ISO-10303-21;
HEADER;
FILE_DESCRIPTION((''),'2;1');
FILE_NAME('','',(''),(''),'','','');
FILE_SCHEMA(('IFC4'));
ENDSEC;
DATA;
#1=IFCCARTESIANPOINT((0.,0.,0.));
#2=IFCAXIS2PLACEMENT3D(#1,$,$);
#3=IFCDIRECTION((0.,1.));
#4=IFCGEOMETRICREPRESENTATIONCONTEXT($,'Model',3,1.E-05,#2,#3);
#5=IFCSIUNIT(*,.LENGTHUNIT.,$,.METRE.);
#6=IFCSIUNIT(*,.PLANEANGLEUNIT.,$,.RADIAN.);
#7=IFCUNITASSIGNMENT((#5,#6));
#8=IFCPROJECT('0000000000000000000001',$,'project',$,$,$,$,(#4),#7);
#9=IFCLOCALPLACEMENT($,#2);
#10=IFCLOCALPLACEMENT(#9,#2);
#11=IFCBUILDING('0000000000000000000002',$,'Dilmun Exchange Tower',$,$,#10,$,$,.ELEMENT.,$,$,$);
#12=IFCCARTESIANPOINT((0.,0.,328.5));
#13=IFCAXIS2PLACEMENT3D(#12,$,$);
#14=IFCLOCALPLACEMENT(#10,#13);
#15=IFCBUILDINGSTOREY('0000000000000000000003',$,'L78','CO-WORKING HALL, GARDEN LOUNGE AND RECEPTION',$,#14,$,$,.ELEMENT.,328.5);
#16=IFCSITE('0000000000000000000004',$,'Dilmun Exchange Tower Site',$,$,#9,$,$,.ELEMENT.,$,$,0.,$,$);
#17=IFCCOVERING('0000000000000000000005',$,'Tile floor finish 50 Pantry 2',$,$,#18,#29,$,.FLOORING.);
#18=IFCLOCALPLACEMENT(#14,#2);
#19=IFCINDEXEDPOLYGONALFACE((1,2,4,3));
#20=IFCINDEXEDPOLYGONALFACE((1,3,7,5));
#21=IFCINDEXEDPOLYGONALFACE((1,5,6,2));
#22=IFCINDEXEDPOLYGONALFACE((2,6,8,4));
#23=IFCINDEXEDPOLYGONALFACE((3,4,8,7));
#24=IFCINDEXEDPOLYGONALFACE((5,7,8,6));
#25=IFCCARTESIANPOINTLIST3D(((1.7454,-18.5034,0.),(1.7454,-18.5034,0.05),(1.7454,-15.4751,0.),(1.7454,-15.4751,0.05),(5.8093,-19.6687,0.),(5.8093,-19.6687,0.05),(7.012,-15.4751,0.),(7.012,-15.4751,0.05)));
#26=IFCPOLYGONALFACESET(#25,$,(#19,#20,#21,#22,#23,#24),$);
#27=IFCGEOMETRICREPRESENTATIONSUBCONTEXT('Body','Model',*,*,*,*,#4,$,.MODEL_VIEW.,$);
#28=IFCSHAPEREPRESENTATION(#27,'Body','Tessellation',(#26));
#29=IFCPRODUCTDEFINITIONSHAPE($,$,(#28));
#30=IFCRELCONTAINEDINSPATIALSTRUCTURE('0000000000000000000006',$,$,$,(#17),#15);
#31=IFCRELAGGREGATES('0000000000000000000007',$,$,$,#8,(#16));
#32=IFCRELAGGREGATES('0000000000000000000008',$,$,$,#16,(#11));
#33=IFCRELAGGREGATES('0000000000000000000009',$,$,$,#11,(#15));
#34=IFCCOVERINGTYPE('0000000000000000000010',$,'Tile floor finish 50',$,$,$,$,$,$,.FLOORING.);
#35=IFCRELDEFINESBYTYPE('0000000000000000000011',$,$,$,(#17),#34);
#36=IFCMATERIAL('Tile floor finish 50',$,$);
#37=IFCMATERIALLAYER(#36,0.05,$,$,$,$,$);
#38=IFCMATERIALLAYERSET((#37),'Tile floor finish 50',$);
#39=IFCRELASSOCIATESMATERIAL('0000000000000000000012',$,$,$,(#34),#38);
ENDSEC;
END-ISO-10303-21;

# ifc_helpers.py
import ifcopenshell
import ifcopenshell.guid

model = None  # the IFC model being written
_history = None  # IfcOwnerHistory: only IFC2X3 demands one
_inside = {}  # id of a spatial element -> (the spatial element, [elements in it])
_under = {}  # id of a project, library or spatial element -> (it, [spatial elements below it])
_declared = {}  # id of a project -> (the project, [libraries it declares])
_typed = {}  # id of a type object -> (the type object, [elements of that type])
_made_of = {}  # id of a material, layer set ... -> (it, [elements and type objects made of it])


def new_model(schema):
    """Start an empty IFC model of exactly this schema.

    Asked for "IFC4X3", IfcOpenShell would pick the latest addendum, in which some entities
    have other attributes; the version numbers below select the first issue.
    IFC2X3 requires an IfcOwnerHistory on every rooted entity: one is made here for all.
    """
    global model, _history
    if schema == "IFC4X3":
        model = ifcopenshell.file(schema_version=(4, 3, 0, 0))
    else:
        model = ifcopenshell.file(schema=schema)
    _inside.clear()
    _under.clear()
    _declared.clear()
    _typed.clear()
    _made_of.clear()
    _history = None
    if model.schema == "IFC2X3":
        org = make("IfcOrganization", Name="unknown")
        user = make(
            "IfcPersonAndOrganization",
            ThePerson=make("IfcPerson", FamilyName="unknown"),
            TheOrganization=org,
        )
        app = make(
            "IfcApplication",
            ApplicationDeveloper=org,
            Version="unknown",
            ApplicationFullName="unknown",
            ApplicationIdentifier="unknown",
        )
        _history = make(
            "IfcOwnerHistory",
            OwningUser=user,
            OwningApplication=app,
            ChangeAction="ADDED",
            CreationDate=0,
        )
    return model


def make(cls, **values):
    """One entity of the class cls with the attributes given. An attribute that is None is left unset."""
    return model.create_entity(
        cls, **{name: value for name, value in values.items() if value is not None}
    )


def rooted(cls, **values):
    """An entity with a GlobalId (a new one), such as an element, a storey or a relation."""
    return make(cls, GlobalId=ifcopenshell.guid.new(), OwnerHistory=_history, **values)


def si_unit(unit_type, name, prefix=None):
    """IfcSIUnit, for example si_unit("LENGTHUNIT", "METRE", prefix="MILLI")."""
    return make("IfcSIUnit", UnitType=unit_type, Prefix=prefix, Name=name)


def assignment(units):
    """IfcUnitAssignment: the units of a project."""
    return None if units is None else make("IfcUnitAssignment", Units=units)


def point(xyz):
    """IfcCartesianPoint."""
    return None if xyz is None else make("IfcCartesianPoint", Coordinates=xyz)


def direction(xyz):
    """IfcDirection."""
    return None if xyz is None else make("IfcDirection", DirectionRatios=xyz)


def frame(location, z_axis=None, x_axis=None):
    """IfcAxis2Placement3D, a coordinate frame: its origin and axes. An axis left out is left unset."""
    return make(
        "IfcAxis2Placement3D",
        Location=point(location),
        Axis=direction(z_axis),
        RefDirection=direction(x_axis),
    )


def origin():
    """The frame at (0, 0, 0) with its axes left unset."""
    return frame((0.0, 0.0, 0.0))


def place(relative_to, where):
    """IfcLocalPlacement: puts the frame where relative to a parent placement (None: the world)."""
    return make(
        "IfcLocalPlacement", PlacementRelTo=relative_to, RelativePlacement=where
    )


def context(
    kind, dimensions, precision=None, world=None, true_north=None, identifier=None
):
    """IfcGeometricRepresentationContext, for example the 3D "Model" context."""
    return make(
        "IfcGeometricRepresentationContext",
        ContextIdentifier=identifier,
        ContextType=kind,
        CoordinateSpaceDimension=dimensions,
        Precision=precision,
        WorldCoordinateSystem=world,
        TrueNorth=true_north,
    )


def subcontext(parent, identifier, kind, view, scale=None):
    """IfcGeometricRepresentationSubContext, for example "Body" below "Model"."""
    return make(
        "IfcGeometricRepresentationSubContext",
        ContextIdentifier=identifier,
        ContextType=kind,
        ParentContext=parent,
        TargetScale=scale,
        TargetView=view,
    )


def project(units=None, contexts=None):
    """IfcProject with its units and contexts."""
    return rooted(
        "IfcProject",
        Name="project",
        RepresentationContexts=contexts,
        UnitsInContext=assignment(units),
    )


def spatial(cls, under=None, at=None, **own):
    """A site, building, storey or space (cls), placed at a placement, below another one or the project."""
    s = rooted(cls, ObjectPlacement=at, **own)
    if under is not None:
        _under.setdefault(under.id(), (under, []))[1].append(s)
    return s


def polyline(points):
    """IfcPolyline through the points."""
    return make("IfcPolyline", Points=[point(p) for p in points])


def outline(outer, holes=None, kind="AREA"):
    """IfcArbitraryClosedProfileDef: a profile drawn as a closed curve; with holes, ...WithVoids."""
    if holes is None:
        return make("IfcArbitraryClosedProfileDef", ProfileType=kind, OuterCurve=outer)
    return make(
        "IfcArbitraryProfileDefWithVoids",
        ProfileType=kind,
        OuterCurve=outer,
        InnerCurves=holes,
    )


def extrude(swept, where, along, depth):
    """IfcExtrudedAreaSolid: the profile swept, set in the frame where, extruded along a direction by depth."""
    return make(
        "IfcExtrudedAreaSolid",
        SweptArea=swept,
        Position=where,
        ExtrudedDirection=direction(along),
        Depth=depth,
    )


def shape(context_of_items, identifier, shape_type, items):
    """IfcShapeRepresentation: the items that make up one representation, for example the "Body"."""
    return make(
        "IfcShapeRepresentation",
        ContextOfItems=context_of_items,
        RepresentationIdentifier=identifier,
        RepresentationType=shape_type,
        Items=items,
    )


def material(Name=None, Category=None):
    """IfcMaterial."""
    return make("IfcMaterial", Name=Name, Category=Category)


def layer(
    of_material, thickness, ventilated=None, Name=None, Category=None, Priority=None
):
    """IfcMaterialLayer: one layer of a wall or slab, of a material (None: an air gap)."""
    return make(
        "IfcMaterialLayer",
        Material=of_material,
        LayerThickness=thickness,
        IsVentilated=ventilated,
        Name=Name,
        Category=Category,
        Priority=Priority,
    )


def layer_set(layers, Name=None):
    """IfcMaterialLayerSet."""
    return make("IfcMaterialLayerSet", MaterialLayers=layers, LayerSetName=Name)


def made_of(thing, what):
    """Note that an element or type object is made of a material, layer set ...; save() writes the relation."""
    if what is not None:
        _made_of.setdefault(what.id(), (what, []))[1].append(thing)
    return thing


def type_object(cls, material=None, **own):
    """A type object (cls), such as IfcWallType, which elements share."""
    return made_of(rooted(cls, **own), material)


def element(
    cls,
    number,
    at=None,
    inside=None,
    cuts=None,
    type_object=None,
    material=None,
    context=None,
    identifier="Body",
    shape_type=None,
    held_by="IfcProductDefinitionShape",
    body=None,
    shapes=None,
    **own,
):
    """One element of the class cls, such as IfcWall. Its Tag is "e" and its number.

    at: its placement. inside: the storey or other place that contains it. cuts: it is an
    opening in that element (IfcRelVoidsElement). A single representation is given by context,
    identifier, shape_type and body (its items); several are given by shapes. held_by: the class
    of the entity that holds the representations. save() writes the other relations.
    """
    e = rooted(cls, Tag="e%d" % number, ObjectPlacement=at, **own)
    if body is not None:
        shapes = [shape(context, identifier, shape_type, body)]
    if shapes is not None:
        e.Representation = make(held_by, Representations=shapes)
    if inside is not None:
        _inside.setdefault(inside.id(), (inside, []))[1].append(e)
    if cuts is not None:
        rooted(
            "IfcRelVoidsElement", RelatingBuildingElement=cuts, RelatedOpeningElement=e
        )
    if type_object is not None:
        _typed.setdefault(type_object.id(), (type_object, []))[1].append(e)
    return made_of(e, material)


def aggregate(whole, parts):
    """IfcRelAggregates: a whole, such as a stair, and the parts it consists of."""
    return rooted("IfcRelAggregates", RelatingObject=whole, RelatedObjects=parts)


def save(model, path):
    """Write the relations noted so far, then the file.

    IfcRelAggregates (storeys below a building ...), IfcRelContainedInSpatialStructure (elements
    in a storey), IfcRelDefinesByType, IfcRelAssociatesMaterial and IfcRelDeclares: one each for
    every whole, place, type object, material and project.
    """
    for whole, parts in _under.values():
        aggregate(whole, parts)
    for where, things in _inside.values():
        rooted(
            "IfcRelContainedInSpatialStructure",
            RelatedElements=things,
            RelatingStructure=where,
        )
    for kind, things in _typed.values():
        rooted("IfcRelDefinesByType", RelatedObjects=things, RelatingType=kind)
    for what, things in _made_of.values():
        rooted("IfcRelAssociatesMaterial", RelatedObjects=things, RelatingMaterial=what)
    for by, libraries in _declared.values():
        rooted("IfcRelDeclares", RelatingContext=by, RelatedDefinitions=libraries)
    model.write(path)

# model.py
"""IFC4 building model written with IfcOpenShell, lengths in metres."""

from ifc_helpers import new_model, si_unit, direction, frame, origin, place, context, subcontext, project, spatial, polyline, outline, extrude, material, layer, layer_set, type_object, element, save


model = new_model("IFC4")

# Units and contexts
model_context = context("Model", 3, precision=1e-05, world=origin(), true_north=direction((0.0, 1.0)))
body_context = subcontext(model_context, "Body", "Model", "MODEL_VIEW")
ifc_project = project(units=[si_unit("LENGTHUNIT", "METRE"), si_unit("PLANEANGLEUNIT", "RADIAN")], contexts=[model_context])

# Site, building, storey
site_placement = place(None, origin())
site = spatial("IfcSite", under=ifc_project, at=site_placement, Name="Dilmun Exchange Tower Site", CompositionType="ELEMENT", RefElevation=0.0)
building_placement = place(site_placement, origin())
building = spatial("IfcBuilding", under=site, at=building_placement, Name="Dilmun Exchange Tower", CompositionType="ELEMENT")
storey_placement = place(building_placement, frame((0.0, 0.0, 328.5)))
storey = spatial("IfcBuildingStorey", under=building, at=storey_placement, Name="L78", Description="CO-WORKING HALL, GARDEN LOUNGE AND RECEPTION", CompositionType="ELEMENT", Elevation=328.5)

# Covering
ifc_material_1 = material(Name="Tile floor finish 50")
ifc_layer_1 = layer(ifc_material_1, 0.05)
ifc_layer_set_1 = layer_set([ifc_layer_1], Name="Tile floor finish 50")
covering_type_1 = type_object("IfcCoveringType", Name="Tile floor finish 50", PredefinedType="FLOORING", material=ifc_layer_set_1)
covering_1_placement = place(storey_placement, origin())
element("IfcCovering", 1, at=covering_1_placement, inside=storey, type_object=covering_type_1, Name="Tile floor finish 50 Pantry 2", PredefinedType="FLOORING", context=body_context, shape_type="SweptSolid", body=[
    extrude(outline(polyline([(1.7454, -15.4751), (7.012, -15.4751), (5.8093, -19.6687), (1.7454, -18.5034), (1.7454, -15.4751)])), origin(), (0.0, 0.0, 1.0), 0.05),
])

save(model, "model.ifc")
